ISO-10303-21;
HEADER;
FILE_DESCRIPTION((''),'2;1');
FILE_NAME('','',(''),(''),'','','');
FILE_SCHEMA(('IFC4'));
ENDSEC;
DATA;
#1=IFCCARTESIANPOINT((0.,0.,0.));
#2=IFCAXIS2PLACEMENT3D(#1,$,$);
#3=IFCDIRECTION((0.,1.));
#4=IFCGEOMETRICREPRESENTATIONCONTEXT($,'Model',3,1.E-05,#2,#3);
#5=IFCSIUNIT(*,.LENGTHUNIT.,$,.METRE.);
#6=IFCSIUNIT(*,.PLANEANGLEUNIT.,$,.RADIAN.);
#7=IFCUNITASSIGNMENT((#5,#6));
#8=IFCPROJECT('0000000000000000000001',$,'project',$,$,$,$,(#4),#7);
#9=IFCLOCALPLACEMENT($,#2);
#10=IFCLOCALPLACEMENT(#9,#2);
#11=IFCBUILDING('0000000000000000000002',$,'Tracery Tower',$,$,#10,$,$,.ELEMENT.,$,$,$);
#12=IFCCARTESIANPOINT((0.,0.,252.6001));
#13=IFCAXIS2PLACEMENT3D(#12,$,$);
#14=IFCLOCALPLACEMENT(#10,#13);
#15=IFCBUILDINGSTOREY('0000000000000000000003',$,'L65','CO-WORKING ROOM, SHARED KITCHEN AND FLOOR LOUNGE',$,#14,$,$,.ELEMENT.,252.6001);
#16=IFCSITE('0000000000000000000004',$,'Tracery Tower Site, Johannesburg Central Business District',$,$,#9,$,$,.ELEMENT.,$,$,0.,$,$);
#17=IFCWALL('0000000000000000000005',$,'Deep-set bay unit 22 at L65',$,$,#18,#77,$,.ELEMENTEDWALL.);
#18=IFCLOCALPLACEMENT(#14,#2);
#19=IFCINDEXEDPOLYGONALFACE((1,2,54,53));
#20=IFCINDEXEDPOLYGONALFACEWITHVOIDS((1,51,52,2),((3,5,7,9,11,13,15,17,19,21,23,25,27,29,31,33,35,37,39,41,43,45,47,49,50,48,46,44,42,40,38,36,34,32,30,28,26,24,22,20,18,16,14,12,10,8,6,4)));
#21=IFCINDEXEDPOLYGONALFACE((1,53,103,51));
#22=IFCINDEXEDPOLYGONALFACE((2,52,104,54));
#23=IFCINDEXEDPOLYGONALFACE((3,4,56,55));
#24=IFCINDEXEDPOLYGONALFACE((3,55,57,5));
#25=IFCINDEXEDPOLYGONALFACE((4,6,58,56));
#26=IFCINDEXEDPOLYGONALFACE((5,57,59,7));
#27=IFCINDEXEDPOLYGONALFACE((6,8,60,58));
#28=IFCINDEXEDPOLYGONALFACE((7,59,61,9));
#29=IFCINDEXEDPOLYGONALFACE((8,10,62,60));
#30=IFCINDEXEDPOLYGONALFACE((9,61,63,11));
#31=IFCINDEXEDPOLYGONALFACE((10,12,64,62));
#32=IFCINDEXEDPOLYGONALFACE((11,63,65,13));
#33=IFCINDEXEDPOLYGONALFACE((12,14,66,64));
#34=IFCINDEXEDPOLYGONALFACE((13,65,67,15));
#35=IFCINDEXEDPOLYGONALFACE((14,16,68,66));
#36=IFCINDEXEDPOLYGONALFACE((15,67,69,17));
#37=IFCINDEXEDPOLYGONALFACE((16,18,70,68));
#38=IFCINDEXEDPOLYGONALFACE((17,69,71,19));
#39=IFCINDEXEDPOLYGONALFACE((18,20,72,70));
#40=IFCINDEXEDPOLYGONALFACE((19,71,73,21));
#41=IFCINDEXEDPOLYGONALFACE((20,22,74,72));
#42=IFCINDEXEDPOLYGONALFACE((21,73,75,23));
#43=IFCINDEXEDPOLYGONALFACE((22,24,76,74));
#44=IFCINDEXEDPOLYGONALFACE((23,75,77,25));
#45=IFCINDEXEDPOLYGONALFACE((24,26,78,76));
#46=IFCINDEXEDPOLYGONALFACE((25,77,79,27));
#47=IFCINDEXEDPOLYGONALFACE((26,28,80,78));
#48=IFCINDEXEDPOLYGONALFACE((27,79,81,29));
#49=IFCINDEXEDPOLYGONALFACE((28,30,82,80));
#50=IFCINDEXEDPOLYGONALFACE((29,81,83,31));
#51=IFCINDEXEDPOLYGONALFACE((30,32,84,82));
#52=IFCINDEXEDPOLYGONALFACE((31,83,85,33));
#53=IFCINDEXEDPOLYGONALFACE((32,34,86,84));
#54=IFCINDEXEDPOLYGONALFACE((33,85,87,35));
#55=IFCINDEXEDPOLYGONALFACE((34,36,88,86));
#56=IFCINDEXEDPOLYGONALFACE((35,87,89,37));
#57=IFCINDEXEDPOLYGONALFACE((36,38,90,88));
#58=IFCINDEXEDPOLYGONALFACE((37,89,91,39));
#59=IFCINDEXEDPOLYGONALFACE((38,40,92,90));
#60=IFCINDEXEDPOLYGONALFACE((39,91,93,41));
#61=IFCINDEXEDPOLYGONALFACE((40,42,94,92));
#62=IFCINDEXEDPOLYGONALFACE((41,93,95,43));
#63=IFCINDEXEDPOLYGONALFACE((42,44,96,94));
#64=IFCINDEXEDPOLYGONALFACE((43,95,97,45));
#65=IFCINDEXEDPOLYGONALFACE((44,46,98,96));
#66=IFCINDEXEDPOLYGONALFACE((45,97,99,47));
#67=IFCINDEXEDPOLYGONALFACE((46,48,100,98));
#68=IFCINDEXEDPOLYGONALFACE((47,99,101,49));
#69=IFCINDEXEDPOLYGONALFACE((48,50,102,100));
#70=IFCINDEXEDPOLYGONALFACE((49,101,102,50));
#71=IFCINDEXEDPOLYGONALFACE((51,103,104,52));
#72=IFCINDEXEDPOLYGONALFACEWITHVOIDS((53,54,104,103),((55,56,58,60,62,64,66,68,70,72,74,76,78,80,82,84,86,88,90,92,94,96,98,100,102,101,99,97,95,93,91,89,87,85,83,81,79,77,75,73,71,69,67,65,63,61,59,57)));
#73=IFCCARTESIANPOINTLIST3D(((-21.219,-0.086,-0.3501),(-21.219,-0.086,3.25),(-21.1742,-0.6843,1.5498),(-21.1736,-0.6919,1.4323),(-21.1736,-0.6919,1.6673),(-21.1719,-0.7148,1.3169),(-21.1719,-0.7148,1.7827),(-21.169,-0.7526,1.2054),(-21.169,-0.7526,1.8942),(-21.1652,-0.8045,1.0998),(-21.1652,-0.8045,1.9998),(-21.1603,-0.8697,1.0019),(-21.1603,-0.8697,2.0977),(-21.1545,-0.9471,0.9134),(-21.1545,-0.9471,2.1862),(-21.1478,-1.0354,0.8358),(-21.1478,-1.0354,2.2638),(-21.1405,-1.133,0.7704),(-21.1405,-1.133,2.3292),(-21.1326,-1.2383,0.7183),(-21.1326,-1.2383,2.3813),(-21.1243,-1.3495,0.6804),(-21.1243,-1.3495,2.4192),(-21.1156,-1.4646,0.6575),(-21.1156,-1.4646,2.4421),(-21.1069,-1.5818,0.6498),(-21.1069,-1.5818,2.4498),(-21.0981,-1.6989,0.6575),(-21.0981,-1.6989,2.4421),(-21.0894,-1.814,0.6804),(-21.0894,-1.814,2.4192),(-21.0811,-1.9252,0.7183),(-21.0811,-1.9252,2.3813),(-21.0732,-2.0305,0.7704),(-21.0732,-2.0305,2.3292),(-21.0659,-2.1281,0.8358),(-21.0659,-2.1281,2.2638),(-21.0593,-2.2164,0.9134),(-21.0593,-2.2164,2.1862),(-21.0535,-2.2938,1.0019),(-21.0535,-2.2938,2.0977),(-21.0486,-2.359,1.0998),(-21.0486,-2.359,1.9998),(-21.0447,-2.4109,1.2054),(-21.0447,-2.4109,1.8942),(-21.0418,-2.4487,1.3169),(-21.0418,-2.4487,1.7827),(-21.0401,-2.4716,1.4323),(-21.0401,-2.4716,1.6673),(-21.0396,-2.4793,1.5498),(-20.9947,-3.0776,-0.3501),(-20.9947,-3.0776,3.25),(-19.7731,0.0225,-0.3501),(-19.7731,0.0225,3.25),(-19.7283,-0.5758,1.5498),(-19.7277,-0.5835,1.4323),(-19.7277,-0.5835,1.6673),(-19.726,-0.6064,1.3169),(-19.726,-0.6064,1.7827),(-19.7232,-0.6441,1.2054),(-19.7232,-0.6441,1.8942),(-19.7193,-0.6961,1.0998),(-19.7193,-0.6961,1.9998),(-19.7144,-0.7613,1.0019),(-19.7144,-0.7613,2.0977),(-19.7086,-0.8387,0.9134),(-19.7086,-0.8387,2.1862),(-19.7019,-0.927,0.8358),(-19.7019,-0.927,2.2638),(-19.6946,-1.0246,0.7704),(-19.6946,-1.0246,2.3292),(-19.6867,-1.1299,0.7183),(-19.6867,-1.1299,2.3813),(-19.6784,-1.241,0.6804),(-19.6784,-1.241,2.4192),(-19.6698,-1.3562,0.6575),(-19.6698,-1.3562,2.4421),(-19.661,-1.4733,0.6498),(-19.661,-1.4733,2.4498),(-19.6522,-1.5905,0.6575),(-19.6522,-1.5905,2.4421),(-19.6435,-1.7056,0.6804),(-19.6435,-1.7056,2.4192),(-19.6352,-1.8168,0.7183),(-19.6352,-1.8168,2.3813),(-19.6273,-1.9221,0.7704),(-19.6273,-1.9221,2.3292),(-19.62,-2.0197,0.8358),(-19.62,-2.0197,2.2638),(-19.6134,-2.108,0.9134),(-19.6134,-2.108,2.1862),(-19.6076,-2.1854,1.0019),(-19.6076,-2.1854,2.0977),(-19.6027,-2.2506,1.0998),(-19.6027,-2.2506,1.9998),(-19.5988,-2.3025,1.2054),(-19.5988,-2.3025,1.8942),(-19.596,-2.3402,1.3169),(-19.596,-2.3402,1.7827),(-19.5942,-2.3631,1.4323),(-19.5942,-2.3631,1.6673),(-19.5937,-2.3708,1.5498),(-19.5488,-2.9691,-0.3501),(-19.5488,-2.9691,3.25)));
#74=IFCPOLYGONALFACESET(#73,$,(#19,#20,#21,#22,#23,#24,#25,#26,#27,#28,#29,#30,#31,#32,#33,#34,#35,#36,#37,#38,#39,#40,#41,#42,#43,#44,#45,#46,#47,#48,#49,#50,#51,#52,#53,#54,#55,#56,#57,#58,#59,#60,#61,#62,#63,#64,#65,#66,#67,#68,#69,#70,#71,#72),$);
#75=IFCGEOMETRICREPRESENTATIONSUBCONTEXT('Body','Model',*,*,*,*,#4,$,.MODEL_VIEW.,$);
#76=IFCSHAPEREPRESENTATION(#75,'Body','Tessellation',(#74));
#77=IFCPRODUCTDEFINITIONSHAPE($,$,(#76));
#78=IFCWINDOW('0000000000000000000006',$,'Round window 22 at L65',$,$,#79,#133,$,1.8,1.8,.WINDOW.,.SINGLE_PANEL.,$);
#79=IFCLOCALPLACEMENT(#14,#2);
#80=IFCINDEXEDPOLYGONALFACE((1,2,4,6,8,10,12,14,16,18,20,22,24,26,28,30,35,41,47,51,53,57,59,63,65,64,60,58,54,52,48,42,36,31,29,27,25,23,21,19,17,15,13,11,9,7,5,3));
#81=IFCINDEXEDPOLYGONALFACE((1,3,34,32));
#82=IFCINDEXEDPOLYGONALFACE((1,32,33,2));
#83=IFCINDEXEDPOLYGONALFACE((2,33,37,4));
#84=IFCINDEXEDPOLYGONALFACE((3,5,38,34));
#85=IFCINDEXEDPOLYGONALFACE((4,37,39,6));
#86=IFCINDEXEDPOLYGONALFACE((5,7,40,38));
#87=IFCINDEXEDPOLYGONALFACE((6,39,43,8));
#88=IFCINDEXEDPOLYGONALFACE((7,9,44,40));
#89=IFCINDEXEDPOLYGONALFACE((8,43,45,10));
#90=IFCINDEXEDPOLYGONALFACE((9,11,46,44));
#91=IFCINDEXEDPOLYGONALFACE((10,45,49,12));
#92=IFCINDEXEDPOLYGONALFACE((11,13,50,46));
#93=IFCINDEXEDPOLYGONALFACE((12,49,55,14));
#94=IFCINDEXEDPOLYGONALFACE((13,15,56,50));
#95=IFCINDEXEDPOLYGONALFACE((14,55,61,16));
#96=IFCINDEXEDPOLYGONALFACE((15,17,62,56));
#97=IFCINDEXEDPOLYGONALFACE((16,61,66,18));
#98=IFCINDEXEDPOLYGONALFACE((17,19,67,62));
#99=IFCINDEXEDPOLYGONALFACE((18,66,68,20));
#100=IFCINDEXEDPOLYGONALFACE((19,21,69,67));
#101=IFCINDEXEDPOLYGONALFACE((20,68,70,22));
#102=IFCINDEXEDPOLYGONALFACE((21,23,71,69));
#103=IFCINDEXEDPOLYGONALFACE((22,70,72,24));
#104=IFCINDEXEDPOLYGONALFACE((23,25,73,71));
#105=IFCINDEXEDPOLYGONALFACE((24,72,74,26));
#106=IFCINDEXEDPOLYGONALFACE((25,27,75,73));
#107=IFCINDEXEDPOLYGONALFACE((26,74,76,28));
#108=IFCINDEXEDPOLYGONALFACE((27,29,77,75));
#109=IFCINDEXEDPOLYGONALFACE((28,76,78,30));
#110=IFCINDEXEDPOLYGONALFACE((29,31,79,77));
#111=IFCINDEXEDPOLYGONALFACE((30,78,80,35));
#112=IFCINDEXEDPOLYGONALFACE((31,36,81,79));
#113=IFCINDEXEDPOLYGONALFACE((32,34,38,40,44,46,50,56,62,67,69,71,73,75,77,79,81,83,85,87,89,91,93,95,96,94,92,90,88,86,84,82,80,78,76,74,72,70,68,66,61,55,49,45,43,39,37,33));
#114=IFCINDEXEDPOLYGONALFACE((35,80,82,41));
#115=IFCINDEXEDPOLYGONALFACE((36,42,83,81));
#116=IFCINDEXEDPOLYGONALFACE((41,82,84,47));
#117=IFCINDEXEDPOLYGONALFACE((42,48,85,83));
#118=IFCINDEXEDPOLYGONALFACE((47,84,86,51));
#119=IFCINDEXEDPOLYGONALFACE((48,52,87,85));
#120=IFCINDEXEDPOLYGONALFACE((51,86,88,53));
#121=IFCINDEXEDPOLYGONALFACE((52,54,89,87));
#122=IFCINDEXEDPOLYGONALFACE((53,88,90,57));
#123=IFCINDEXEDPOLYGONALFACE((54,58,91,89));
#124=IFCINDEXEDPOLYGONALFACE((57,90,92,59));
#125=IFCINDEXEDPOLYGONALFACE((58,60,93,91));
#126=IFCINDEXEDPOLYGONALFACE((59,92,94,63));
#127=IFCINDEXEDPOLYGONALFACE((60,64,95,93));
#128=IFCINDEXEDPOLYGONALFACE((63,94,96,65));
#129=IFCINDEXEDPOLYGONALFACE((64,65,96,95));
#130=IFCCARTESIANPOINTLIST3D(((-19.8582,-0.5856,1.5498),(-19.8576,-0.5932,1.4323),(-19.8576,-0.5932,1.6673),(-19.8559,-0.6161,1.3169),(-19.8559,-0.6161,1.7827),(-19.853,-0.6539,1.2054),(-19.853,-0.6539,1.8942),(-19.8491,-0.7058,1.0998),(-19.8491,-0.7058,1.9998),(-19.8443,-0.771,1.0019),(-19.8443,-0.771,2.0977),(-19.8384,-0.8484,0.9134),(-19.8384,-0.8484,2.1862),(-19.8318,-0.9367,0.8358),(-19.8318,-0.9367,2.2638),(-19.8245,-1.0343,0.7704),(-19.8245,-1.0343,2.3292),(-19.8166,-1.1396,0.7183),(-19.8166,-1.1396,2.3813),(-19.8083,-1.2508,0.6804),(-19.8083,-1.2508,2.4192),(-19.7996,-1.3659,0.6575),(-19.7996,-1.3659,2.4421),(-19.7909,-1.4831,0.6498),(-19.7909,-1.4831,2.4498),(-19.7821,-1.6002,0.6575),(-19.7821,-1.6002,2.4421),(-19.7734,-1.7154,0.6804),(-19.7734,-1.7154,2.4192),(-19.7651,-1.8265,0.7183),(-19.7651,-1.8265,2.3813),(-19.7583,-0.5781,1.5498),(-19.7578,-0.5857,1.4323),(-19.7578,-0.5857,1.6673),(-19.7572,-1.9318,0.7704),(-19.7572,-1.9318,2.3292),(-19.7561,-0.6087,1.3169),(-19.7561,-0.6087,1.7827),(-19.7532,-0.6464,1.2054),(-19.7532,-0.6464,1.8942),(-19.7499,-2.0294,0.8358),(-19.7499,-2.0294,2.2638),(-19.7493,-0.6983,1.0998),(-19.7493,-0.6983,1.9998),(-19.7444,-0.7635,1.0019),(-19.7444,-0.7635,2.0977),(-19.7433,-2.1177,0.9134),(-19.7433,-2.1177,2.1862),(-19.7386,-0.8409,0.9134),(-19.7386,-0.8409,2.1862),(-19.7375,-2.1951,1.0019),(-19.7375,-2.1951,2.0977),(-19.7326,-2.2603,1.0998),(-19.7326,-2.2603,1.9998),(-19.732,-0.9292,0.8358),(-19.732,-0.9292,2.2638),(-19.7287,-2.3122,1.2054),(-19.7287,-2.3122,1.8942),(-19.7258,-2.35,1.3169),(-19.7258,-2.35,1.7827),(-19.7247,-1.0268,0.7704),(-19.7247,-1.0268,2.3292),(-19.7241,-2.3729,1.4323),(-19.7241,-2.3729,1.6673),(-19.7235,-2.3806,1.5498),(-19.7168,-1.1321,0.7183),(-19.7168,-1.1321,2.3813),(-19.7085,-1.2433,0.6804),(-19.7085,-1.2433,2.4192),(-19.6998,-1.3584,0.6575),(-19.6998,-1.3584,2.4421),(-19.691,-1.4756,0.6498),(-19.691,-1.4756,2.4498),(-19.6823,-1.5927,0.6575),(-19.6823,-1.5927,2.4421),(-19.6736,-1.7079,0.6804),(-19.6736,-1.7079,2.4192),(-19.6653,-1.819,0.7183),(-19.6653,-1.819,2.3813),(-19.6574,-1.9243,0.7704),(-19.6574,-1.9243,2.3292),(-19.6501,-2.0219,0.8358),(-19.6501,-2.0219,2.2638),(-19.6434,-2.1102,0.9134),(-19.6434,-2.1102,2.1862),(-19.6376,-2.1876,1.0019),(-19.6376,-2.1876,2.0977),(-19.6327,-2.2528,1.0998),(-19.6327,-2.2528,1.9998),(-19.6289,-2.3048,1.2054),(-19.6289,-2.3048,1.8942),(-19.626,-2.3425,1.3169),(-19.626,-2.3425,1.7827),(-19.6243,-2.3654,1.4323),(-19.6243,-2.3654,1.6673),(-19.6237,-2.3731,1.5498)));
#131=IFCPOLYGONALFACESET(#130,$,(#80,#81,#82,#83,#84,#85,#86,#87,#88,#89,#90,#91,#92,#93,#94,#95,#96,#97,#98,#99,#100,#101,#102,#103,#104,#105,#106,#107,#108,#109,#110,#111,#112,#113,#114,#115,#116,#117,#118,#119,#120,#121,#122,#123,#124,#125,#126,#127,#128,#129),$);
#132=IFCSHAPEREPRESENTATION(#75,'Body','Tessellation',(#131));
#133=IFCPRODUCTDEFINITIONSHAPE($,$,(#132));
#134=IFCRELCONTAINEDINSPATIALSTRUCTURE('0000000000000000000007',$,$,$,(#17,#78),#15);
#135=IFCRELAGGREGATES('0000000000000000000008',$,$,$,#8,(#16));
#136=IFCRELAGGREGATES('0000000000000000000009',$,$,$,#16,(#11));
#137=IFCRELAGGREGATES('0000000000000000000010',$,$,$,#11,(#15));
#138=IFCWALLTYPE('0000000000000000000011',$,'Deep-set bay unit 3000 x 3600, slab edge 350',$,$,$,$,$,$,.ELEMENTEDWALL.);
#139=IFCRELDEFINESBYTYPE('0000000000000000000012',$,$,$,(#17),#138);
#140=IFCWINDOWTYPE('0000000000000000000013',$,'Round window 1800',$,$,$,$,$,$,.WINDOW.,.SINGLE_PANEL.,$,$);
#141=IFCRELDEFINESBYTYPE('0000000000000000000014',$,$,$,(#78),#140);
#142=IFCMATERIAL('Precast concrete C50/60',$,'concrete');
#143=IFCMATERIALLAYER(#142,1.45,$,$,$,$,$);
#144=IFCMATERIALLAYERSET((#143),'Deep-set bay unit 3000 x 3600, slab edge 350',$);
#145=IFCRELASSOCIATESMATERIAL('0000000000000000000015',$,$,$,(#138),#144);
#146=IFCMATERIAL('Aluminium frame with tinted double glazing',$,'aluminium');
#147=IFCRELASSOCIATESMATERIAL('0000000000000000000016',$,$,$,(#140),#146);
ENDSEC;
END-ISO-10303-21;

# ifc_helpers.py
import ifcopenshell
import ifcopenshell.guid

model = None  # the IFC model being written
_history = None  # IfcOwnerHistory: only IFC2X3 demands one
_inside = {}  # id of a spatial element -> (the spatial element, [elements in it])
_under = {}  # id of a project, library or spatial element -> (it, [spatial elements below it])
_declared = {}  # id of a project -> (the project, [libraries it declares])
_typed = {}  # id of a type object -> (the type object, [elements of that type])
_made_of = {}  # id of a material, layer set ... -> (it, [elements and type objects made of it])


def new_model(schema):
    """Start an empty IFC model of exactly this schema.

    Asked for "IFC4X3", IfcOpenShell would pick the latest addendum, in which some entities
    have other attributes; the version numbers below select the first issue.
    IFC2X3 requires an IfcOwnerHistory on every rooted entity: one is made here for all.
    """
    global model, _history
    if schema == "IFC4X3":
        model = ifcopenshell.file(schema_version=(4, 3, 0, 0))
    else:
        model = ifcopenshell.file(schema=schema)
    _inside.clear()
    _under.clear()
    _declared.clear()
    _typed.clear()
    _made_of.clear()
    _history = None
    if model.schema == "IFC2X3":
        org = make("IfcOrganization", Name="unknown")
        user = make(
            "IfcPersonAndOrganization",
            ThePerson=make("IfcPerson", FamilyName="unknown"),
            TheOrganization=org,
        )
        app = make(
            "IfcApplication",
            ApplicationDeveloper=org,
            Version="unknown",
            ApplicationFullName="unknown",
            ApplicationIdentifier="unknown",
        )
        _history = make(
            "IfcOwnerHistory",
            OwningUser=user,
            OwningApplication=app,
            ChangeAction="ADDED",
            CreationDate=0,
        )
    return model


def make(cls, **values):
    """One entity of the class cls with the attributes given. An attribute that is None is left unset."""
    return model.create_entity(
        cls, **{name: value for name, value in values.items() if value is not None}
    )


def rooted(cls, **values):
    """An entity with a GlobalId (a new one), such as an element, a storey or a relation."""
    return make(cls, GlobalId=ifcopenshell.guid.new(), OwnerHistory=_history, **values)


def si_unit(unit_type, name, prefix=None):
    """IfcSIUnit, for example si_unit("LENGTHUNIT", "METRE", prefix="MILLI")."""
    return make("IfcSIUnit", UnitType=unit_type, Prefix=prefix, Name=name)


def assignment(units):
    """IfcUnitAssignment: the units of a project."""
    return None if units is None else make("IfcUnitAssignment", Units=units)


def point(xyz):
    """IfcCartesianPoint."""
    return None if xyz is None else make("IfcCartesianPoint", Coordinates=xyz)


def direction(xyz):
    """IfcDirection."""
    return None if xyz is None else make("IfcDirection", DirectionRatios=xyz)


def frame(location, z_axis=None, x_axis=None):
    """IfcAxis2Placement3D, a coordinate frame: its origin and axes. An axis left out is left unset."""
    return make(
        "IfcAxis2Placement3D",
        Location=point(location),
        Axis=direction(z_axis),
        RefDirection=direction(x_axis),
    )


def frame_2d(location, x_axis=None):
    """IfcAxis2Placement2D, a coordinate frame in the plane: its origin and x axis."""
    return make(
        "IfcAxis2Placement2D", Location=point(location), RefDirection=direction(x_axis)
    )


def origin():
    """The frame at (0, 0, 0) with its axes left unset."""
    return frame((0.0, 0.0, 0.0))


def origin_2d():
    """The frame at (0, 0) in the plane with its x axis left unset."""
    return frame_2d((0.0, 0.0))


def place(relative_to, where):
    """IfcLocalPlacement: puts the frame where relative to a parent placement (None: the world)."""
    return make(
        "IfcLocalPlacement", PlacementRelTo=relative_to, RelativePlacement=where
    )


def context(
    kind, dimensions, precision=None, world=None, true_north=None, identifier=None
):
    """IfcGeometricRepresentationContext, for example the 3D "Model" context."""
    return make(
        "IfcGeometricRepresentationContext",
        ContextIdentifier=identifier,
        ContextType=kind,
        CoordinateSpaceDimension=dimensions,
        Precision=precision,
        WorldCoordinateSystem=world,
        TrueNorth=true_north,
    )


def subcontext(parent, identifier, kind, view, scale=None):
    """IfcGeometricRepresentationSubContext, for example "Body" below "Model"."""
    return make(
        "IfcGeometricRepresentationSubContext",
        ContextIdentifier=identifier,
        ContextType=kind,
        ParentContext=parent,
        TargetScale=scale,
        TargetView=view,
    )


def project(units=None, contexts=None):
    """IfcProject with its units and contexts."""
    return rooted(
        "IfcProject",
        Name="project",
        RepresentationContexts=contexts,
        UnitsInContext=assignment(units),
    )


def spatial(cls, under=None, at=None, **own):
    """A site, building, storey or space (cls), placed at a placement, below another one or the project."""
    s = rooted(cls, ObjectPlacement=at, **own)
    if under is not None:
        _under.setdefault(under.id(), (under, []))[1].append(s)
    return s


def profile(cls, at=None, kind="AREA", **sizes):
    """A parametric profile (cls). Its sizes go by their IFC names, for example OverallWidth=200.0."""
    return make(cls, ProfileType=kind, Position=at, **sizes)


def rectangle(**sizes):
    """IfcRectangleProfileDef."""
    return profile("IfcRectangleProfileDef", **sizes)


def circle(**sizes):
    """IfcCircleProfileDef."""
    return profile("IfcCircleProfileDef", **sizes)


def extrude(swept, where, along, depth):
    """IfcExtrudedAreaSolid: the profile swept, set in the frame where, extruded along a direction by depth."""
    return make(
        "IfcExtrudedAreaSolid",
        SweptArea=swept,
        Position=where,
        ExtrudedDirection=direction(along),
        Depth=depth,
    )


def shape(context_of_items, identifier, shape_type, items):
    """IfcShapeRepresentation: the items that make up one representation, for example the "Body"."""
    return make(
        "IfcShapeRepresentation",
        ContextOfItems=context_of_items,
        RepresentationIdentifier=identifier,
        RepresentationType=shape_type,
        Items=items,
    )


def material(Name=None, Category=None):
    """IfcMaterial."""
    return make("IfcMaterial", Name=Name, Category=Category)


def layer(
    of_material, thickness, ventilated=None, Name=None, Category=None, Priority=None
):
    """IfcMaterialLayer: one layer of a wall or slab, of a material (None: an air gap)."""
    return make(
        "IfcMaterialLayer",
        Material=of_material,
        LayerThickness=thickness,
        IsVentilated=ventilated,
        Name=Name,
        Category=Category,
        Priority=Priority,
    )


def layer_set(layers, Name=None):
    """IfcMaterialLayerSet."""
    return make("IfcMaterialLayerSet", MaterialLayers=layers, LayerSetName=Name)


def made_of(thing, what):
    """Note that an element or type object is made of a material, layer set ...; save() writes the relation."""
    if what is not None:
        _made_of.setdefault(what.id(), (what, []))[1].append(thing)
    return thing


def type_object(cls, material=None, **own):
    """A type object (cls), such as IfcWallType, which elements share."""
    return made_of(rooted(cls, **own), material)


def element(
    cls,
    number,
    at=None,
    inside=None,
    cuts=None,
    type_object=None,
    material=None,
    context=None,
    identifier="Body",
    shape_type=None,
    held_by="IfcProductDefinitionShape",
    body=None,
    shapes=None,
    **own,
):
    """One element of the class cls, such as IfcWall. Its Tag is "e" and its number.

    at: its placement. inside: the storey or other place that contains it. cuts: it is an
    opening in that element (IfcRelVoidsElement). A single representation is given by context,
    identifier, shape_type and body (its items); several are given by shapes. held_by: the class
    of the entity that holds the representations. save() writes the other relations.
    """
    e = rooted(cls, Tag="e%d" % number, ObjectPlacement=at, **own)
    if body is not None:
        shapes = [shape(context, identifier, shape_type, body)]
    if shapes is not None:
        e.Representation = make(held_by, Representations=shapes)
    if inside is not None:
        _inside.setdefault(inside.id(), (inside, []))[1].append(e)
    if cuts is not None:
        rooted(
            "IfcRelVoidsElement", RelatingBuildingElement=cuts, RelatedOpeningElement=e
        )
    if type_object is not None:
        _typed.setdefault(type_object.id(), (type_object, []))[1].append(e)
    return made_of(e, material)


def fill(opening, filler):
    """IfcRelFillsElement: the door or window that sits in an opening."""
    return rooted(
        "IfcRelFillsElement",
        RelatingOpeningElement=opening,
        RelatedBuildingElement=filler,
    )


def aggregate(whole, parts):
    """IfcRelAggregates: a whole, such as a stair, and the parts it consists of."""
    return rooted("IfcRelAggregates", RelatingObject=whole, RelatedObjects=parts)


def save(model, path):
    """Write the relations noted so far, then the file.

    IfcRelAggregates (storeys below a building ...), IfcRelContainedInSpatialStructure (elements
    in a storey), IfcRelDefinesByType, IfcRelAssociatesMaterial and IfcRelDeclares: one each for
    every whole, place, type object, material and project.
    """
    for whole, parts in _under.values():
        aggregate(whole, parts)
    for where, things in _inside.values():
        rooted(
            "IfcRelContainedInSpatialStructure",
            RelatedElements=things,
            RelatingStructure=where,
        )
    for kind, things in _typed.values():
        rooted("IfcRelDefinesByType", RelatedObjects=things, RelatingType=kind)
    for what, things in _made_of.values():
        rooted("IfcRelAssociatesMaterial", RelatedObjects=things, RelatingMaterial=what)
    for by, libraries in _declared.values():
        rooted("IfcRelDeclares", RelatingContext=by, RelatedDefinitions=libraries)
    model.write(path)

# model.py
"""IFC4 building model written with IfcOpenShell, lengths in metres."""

from ifc_helpers import new_model, si_unit, direction, frame, frame_2d, origin, origin_2d, place, context, subcontext, project, spatial, rectangle, circle, extrude, material, layer, layer_set, type_object, element, fill, save


model = new_model("IFC4")

# Units and contexts
model_context = context("Model", 3, precision=1e-05, world=origin(), true_north=direction((0.0, 1.0)))
body_context = subcontext(model_context, "Body", "Model", "MODEL_VIEW")
ifc_project = project(units=[si_unit("LENGTHUNIT", "METRE"), si_unit("PLANEANGLEUNIT", "RADIAN")], contexts=[model_context])

# Site, building, storey
site_placement = place(None, origin())
site = spatial("IfcSite", under=ifc_project, at=site_placement, Name="Tracery Tower Site, Johannesburg Central Business District", CompositionType="ELEMENT", RefElevation=0.0)
building_placement = place(site_placement, origin())
building = spatial("IfcBuilding", under=site, at=building_placement, Name="Tracery Tower", CompositionType="ELEMENT")
storey_placement = place(building_placement, frame((0.0, 0.0, 252.6001)))
storey = spatial("IfcBuildingStorey", under=building, at=storey_placement, Name="L65", Description="CO-WORKING ROOM, SHARED KITCHEN AND FLOOR LOUNGE", CompositionType="ELEMENT", Elevation=252.6001)

# Wall, opening, window
ifc_material_1 = material(Name="Precast concrete C50/60", Category="concrete")
ifc_layer_1 = layer(ifc_material_1, 1.45)
ifc_layer_set_1 = layer_set([ifc_layer_1], Name="Deep-set bay unit 3000 x 3600, slab edge 350")
wall_type_1 = type_object("IfcWallType", Name="Deep-set bay unit 3000 x 3600, slab edge 350", PredefinedType="ELEMENTEDWALL", material=ifc_layer_set_1)
wall_1_placement = place(storey_placement, frame((-20.4961, -0.0317, -0.3501), z_axis=(0.0, 0.0, 1.0), x_axis=(0.074786, -0.9972, 0.0)))
wall_1 = element("IfcWall", 1, at=wall_1_placement, inside=storey, type_object=wall_type_1, Name="Deep-set bay unit 22 at L65", PredefinedType="ELEMENTEDWALL", context=body_context, shape_type="SweptSolid", body=[
    extrude(rectangle(XDim=3.0, YDim=1.45, at=frame_2d((1.5, 0.0))), origin(), (0.0, 0.0, 1.0), 3.6001),
])
opening_1_placement = place(wall_1_placement, frame((1.5, 0.0, 1.8999)))
opening_1 = element("IfcOpeningElement", 2, at=opening_1_placement, cuts=wall_1, PredefinedType="OPENING", context=body_context, shape_type="SweptSolid", body=[
    extrude(circle(Radius=0.9, at=origin_2d()), frame((0.0, 0.7349, 0.0), z_axis=(0.0, -1.0, 0.0), x_axis=(1.0, 0.0, 0.0)), (0.0, 0.0, 1.0), 1.47),
])
ifc_material_2 = material(Name="Aluminium frame with tinted double glazing", Category="aluminium")
window_type = type_object("IfcWindowType", Name="Round window 1800", PartitioningType="SINGLE_PANEL", PredefinedType="WINDOW", material=ifc_material_2)
window_1_placement = place(opening_1_placement, origin())
window_1 = element("IfcWindow", 3, at=window_1_placement, inside=storey, type_object=window_type, Name="Round window 22 at L65", OverallHeight=1.8, OverallWidth=1.8, PartitioningType="SINGLE_PANEL", PredefinedType="WINDOW", context=body_context, shape_type="SweptSolid", body=[
    extrude(circle(Radius=0.9, at=origin_2d()), frame((0.0, 0.6948, 0.0), z_axis=(0.0, -1.0, 0.0), x_axis=(1.0, 0.0, 0.0)), (0.0, 0.0, 1.0), 0.1001),
])
fill(opening_1, window_1)

save(model, "model.ifc")
